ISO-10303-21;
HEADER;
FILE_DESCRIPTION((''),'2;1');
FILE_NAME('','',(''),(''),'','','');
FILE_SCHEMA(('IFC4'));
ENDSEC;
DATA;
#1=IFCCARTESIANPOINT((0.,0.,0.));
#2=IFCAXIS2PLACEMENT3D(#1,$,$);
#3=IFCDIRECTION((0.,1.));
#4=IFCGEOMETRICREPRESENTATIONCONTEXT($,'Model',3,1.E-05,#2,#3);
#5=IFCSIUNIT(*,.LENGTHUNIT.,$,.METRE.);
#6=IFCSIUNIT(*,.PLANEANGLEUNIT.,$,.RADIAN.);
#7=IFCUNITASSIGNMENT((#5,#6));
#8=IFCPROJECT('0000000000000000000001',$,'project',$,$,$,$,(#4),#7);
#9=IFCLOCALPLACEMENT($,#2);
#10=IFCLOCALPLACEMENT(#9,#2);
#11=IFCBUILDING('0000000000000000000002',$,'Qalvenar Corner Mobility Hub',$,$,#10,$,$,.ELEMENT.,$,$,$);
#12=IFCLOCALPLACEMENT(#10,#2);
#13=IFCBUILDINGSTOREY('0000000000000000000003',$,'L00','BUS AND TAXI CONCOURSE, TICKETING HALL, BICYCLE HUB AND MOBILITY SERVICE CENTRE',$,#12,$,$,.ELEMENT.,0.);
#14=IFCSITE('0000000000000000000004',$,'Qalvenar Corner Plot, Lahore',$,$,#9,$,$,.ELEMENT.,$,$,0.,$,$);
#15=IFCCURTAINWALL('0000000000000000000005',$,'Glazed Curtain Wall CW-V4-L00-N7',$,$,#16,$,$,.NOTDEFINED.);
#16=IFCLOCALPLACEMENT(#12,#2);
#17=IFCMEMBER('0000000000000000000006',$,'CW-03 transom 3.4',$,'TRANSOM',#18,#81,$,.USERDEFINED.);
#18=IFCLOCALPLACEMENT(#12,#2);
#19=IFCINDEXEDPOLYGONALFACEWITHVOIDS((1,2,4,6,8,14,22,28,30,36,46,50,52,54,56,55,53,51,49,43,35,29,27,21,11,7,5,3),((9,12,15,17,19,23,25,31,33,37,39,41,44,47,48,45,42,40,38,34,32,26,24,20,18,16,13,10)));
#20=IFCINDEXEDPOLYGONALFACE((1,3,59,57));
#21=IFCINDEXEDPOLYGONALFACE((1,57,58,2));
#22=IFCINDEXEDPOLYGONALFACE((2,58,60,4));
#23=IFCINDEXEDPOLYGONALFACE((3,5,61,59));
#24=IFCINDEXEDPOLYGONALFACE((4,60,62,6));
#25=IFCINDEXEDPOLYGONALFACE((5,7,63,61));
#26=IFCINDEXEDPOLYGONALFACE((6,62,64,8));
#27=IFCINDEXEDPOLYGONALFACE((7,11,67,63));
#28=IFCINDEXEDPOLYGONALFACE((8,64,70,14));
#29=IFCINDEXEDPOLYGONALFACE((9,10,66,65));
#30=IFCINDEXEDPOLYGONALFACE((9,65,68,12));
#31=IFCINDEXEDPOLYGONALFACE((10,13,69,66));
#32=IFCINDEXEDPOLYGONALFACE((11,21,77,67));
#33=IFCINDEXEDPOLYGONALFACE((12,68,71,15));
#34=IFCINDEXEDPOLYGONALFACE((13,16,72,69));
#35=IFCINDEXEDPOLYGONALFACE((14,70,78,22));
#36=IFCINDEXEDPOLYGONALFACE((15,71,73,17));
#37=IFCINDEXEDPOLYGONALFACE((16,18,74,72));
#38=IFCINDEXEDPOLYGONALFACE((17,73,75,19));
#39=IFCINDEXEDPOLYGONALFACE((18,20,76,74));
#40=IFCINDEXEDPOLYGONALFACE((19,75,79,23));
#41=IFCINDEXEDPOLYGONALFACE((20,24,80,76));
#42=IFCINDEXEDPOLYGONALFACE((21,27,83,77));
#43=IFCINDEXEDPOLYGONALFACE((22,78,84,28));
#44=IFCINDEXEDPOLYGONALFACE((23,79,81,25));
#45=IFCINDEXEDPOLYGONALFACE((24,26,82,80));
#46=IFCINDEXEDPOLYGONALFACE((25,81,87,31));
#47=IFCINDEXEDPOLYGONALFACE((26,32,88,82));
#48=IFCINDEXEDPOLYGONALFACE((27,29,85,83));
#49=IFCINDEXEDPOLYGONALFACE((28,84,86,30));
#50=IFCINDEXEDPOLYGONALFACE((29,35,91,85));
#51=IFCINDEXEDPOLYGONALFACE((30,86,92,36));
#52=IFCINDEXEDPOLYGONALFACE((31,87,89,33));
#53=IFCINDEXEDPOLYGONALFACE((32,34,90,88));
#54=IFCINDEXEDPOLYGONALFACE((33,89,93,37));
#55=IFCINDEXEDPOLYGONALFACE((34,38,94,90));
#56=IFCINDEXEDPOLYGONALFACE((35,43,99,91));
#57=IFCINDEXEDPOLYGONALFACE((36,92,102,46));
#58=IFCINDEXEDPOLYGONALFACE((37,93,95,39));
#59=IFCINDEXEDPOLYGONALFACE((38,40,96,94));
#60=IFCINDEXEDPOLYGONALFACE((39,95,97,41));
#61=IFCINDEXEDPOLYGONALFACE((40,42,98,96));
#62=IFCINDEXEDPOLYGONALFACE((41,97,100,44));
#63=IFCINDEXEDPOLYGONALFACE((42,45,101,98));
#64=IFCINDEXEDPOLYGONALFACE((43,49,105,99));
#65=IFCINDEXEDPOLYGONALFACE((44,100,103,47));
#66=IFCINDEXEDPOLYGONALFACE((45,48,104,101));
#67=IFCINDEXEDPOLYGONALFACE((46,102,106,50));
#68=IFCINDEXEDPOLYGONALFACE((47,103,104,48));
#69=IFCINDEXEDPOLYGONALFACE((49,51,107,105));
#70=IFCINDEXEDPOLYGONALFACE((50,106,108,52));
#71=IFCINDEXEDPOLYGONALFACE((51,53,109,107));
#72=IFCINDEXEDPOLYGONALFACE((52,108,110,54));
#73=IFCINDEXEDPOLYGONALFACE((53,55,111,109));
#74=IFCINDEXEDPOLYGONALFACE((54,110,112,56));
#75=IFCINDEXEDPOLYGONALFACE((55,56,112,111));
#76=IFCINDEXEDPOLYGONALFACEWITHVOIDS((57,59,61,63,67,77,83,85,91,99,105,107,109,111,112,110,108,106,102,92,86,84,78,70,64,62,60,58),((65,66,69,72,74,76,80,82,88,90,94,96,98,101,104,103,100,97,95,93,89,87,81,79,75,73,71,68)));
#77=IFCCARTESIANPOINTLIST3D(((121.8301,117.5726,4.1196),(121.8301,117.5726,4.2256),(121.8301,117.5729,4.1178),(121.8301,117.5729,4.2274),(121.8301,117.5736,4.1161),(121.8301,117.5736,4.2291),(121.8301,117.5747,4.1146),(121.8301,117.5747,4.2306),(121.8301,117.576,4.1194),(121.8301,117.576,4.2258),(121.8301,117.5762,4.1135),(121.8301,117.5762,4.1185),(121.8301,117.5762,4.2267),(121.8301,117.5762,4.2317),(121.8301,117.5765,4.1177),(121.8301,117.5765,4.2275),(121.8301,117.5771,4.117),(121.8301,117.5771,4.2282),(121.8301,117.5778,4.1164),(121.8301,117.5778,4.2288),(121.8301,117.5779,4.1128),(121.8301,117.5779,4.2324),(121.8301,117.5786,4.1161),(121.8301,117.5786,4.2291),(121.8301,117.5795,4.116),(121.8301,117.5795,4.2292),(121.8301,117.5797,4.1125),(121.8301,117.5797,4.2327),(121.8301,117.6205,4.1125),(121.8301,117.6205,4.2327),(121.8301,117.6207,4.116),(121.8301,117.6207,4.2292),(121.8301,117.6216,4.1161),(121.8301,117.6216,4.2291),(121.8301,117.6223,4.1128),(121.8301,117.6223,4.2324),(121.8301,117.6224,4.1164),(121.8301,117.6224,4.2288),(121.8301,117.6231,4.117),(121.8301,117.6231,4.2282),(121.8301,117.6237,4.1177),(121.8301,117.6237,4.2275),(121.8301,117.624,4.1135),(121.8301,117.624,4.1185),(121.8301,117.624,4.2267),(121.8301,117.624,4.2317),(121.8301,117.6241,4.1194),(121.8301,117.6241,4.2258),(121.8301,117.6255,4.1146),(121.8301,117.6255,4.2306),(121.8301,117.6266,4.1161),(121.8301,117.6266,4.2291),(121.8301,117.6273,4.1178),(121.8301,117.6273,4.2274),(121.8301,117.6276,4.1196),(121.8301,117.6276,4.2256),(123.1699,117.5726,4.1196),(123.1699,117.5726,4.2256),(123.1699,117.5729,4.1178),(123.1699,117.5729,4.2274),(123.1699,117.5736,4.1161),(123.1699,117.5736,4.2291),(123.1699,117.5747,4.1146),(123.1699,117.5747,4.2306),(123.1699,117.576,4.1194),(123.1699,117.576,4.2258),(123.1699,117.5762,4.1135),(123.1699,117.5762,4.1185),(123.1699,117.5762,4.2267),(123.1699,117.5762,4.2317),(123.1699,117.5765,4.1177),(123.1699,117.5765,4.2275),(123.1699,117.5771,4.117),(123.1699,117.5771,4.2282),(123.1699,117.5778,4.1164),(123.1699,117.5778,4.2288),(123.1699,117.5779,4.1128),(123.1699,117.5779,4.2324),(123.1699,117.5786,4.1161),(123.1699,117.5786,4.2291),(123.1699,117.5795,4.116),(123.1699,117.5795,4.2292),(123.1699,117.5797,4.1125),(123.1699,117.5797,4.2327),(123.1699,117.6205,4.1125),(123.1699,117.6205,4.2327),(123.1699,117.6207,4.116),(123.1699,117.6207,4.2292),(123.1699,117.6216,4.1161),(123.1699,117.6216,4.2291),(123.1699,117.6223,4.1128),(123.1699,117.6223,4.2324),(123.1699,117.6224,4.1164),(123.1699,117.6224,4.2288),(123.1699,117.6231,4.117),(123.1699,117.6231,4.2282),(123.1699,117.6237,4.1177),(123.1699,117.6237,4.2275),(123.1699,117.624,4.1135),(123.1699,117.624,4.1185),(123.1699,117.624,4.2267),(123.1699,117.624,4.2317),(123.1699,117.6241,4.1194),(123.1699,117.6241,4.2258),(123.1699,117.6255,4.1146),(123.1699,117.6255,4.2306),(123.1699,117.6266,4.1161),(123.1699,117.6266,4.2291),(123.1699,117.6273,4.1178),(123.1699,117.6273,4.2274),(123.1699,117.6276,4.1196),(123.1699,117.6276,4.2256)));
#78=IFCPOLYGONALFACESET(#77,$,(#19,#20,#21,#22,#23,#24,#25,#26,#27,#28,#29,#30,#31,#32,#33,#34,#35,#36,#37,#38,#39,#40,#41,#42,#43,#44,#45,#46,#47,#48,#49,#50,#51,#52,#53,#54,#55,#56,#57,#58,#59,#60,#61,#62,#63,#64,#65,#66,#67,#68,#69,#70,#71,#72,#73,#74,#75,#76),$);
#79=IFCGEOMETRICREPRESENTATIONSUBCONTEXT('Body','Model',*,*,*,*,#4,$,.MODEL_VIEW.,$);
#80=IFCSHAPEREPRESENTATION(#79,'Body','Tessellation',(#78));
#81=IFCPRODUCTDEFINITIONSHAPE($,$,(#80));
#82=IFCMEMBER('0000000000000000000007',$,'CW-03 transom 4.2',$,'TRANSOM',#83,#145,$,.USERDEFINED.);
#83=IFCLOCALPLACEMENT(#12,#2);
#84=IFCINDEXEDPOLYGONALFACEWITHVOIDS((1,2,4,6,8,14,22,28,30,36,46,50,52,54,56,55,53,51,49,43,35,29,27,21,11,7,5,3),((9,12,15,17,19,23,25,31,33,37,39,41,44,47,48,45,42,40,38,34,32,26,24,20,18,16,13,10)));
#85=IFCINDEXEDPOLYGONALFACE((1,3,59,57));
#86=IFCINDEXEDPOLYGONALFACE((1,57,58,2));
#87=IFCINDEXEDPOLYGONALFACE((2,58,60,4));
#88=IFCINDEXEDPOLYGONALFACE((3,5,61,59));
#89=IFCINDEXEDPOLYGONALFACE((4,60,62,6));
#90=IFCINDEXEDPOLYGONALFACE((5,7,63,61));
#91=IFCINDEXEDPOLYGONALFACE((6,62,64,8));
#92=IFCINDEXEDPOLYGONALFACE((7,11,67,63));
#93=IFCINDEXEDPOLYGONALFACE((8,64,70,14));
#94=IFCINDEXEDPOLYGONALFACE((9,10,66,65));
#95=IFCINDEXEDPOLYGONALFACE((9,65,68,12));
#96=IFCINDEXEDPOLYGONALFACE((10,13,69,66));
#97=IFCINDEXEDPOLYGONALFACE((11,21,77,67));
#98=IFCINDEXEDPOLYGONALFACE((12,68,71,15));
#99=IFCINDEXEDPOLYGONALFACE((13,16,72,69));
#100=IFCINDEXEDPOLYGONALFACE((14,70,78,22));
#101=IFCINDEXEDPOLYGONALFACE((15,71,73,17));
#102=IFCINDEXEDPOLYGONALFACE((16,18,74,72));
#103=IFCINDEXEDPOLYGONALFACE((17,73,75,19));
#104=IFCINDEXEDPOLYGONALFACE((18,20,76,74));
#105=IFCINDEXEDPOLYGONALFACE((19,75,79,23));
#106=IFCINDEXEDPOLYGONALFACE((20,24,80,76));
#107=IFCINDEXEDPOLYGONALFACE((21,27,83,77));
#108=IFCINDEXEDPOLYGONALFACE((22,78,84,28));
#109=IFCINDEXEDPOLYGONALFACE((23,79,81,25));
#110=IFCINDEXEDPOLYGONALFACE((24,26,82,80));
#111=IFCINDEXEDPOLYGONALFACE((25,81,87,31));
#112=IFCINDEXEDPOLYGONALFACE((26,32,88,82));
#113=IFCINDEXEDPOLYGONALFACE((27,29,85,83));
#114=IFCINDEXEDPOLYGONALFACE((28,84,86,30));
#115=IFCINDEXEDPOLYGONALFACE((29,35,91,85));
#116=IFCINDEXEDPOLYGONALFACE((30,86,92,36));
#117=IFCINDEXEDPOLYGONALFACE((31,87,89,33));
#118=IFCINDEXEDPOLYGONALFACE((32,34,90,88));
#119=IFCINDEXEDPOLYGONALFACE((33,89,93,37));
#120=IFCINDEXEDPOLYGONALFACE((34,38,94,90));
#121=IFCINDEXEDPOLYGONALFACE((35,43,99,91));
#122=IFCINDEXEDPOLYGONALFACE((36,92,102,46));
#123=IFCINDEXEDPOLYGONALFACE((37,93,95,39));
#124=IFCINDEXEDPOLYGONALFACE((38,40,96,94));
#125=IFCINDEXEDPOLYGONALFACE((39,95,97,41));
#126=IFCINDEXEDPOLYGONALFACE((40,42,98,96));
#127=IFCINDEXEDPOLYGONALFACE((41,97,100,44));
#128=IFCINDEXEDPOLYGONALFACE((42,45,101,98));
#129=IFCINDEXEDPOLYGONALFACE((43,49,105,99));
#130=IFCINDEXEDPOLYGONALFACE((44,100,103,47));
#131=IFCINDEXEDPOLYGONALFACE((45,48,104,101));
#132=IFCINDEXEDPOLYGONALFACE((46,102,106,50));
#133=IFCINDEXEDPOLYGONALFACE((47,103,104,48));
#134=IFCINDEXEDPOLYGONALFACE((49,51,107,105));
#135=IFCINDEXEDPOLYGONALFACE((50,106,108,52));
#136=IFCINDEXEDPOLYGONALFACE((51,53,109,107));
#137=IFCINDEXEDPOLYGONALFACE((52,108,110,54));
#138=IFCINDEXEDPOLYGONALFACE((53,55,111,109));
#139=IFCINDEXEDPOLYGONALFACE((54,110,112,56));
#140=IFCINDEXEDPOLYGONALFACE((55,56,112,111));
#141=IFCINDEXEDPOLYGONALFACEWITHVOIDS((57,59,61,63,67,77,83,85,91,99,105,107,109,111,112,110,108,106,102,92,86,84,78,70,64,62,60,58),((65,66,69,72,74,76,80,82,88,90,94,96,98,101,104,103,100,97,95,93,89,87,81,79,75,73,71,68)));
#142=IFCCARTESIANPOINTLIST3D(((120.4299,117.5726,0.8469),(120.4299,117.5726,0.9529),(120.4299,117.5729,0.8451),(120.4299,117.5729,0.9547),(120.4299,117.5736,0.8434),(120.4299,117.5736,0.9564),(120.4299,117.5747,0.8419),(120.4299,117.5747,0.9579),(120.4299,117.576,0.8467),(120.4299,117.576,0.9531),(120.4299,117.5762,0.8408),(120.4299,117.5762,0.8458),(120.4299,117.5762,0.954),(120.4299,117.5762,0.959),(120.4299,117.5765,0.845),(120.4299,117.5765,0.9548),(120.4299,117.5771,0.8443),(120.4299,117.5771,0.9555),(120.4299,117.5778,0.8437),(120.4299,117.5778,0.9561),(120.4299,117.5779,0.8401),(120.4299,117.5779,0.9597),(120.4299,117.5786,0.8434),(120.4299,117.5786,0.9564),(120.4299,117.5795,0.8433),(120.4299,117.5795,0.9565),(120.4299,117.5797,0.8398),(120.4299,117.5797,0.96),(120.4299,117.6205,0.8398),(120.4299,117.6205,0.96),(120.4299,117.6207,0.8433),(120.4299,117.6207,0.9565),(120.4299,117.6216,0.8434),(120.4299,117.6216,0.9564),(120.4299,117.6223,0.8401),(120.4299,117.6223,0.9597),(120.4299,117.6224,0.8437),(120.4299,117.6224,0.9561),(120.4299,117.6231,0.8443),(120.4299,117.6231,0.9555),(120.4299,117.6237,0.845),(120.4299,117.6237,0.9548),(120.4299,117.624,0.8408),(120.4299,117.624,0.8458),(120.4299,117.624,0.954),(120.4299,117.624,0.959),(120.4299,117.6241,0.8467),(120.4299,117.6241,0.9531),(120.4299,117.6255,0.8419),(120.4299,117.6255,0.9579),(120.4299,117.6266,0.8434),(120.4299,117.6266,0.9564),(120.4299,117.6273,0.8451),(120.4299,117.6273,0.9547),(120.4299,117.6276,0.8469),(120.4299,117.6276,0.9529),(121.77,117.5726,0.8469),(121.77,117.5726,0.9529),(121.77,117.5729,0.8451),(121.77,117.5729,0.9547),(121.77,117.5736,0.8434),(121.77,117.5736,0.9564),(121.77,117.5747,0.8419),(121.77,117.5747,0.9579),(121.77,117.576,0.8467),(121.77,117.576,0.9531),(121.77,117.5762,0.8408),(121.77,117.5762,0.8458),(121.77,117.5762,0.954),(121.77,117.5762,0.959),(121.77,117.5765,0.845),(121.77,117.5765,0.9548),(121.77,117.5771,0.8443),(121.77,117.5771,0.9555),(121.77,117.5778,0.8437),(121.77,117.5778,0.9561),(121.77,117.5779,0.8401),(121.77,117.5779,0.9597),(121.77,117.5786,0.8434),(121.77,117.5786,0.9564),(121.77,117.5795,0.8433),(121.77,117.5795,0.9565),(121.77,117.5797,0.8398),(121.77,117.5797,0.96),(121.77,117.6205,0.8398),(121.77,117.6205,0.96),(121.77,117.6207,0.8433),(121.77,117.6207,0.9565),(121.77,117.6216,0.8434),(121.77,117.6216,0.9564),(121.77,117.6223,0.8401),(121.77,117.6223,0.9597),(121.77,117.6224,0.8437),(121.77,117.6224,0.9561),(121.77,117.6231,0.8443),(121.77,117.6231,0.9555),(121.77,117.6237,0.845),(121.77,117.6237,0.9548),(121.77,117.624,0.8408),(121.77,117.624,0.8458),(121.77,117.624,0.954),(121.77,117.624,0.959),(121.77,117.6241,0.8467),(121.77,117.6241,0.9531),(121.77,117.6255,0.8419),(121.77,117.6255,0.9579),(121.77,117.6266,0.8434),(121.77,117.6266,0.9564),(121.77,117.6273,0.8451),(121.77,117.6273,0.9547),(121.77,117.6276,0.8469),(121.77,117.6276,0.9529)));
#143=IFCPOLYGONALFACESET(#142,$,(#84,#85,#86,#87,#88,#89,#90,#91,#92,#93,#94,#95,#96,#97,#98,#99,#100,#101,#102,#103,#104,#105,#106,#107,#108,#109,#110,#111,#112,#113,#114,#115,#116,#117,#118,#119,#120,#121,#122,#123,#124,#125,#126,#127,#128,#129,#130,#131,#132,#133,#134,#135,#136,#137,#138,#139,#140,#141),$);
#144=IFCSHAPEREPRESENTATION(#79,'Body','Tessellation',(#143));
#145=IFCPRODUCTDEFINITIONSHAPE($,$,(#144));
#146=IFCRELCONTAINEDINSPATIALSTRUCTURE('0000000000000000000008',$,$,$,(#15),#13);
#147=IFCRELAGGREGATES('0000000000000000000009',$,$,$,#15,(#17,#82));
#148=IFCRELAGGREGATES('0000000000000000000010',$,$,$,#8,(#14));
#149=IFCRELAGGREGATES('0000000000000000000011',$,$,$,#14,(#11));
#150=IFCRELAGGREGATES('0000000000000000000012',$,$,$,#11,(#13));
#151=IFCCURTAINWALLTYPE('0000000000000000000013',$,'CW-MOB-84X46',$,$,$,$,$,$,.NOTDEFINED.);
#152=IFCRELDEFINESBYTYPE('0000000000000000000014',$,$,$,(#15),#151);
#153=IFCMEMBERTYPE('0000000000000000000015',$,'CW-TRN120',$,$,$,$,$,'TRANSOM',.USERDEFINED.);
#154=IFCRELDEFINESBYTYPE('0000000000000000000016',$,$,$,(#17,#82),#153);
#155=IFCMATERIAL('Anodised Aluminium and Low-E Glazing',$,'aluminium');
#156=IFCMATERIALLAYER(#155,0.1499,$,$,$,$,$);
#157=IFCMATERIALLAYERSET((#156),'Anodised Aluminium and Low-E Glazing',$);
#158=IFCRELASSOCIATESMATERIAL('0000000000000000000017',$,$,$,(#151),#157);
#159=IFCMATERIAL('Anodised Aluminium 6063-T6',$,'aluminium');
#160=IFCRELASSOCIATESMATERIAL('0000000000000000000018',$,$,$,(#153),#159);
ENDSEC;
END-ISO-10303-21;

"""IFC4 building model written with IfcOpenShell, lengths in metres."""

from ifc_helpers import new_model, si_unit, direction, frame, origin, origin_2d, place, context, subcontext, project, spatial, hollow_rectangle, extrude, material, layer, layer_set, material_profile, profile_set, type_object, element, aggregate, save


model = new_model("IFC4")

# Units and contexts
model_context = context("Model", 3, precision=1e-05, world=origin(), true_north=direction((0.0, 1.0)))
body_context = subcontext(model_context, "Body", "Model", "MODEL_VIEW")
ifc_project = project(units=[si_unit("LENGTHUNIT", "METRE"), si_unit("PLANEANGLEUNIT", "RADIAN")], contexts=[model_context])

# Site, building, storey
site_placement = place(None, origin())
site = spatial("IfcSite", under=ifc_project, at=site_placement, Name="Qalvenar Corner Plot, Lahore", CompositionType="ELEMENT", RefElevation=0.0)
building_placement = place(site_placement, origin())
building = spatial("IfcBuilding", under=site, at=building_placement, Name="Qalvenar Corner Mobility Hub", CompositionType="ELEMENT")
storey_placement = place(building_placement, origin())
storey = spatial("IfcBuildingStorey", under=building, at=storey_placement, Name="L00", Description="BUS AND TAXI CONCOURSE, TICKETING HALL, BICYCLE HUB AND MOBILITY SERVICE CENTRE", CompositionType="ELEMENT", Elevation=0.0)

# Curtain wall, members
ifc_material_1 = material(Name="Anodised Aluminium and Low-E Glazing", Category="aluminium")
ifc_layer_1 = layer(ifc_material_1, 0.1499)
ifc_layer_set_1 = layer_set([ifc_layer_1], Name="Anodised Aluminium and Low-E Glazing")
curtain_wall_type = type_object("IfcCurtainWallType", Name="CW-MOB-84X46", PredefinedType="NOTDEFINED", material=ifc_layer_set_1)
curtain_wall_placement = place(storey_placement, origin())
curtain_wall = element("IfcCurtainWall", 1, at=curtain_wall_placement, inside=storey, type_object=curtain_wall_type, Name="Glazed Curtain Wall CW-V4-L00-N7", PredefinedType="NOTDEFINED")
ifc_material_2 = material(Name="Anodised Aluminium 6063-T6", Category="aluminium")
ifc_material_profile_1 = material_profile(ifc_material_2, hollow_rectangle(XDim=0.0549, YDim=0.1201, WallThickness=0.0034, InnerFilletRadius=0.0034, OuterFilletRadius=0.0071, at=origin_2d()), Name="RHS120x55x3.5")
ifc_profile_set_1 = profile_set([ifc_material_profile_1], Name="Anodised Aluminium 6063-T6")
member_type_1 = type_object("IfcMemberType", Name="CW-TRN120", ElementType="TRANSOM", PredefinedType="USERDEFINED", material=ifc_profile_set_1)
member_1_placement = place(storey_placement, frame((123.1699, 117.6001, 4.1726), z_axis=(-1.0, 0.0, 0.0), x_axis=(0.0, -1.0, 0.0)))
member_1 = element("IfcMember", 2, at=member_1_placement, type_object=member_type_1, Name="CW-03 transom 3.4", ObjectType="TRANSOM", PredefinedType="USERDEFINED", context=body_context, shape_type="SweptSolid", body=[
    extrude(hollow_rectangle(XDim=0.0549, YDim=0.1201, WallThickness=0.0034, InnerFilletRadius=0.0034, OuterFilletRadius=0.0071, at=origin_2d()), origin(), (0.0, 0.0, 1.0), 1.3398),
])
member_2_placement = place(storey_placement, frame((121.77, 117.6001, 0.8999), z_axis=(-1.0, 0.0, 0.0), x_axis=(0.0, -1.0, 0.0)))
member_2 = element("IfcMember", 3, at=member_2_placement, type_object=member_type_1, Name="CW-03 transom 4.2", ObjectType="TRANSOM", PredefinedType="USERDEFINED", context=body_context, shape_type="SweptSolid", body=[
    extrude(hollow_rectangle(XDim=0.0549, YDim=0.1201, WallThickness=0.0034, InnerFilletRadius=0.0034, OuterFilletRadius=0.0071, at=origin_2d()), origin(), (0.0, 0.0, 1.0), 1.3401),
])
aggregate(curtain_wall, [member_1, member_2])

save(model, "model.ifc")
